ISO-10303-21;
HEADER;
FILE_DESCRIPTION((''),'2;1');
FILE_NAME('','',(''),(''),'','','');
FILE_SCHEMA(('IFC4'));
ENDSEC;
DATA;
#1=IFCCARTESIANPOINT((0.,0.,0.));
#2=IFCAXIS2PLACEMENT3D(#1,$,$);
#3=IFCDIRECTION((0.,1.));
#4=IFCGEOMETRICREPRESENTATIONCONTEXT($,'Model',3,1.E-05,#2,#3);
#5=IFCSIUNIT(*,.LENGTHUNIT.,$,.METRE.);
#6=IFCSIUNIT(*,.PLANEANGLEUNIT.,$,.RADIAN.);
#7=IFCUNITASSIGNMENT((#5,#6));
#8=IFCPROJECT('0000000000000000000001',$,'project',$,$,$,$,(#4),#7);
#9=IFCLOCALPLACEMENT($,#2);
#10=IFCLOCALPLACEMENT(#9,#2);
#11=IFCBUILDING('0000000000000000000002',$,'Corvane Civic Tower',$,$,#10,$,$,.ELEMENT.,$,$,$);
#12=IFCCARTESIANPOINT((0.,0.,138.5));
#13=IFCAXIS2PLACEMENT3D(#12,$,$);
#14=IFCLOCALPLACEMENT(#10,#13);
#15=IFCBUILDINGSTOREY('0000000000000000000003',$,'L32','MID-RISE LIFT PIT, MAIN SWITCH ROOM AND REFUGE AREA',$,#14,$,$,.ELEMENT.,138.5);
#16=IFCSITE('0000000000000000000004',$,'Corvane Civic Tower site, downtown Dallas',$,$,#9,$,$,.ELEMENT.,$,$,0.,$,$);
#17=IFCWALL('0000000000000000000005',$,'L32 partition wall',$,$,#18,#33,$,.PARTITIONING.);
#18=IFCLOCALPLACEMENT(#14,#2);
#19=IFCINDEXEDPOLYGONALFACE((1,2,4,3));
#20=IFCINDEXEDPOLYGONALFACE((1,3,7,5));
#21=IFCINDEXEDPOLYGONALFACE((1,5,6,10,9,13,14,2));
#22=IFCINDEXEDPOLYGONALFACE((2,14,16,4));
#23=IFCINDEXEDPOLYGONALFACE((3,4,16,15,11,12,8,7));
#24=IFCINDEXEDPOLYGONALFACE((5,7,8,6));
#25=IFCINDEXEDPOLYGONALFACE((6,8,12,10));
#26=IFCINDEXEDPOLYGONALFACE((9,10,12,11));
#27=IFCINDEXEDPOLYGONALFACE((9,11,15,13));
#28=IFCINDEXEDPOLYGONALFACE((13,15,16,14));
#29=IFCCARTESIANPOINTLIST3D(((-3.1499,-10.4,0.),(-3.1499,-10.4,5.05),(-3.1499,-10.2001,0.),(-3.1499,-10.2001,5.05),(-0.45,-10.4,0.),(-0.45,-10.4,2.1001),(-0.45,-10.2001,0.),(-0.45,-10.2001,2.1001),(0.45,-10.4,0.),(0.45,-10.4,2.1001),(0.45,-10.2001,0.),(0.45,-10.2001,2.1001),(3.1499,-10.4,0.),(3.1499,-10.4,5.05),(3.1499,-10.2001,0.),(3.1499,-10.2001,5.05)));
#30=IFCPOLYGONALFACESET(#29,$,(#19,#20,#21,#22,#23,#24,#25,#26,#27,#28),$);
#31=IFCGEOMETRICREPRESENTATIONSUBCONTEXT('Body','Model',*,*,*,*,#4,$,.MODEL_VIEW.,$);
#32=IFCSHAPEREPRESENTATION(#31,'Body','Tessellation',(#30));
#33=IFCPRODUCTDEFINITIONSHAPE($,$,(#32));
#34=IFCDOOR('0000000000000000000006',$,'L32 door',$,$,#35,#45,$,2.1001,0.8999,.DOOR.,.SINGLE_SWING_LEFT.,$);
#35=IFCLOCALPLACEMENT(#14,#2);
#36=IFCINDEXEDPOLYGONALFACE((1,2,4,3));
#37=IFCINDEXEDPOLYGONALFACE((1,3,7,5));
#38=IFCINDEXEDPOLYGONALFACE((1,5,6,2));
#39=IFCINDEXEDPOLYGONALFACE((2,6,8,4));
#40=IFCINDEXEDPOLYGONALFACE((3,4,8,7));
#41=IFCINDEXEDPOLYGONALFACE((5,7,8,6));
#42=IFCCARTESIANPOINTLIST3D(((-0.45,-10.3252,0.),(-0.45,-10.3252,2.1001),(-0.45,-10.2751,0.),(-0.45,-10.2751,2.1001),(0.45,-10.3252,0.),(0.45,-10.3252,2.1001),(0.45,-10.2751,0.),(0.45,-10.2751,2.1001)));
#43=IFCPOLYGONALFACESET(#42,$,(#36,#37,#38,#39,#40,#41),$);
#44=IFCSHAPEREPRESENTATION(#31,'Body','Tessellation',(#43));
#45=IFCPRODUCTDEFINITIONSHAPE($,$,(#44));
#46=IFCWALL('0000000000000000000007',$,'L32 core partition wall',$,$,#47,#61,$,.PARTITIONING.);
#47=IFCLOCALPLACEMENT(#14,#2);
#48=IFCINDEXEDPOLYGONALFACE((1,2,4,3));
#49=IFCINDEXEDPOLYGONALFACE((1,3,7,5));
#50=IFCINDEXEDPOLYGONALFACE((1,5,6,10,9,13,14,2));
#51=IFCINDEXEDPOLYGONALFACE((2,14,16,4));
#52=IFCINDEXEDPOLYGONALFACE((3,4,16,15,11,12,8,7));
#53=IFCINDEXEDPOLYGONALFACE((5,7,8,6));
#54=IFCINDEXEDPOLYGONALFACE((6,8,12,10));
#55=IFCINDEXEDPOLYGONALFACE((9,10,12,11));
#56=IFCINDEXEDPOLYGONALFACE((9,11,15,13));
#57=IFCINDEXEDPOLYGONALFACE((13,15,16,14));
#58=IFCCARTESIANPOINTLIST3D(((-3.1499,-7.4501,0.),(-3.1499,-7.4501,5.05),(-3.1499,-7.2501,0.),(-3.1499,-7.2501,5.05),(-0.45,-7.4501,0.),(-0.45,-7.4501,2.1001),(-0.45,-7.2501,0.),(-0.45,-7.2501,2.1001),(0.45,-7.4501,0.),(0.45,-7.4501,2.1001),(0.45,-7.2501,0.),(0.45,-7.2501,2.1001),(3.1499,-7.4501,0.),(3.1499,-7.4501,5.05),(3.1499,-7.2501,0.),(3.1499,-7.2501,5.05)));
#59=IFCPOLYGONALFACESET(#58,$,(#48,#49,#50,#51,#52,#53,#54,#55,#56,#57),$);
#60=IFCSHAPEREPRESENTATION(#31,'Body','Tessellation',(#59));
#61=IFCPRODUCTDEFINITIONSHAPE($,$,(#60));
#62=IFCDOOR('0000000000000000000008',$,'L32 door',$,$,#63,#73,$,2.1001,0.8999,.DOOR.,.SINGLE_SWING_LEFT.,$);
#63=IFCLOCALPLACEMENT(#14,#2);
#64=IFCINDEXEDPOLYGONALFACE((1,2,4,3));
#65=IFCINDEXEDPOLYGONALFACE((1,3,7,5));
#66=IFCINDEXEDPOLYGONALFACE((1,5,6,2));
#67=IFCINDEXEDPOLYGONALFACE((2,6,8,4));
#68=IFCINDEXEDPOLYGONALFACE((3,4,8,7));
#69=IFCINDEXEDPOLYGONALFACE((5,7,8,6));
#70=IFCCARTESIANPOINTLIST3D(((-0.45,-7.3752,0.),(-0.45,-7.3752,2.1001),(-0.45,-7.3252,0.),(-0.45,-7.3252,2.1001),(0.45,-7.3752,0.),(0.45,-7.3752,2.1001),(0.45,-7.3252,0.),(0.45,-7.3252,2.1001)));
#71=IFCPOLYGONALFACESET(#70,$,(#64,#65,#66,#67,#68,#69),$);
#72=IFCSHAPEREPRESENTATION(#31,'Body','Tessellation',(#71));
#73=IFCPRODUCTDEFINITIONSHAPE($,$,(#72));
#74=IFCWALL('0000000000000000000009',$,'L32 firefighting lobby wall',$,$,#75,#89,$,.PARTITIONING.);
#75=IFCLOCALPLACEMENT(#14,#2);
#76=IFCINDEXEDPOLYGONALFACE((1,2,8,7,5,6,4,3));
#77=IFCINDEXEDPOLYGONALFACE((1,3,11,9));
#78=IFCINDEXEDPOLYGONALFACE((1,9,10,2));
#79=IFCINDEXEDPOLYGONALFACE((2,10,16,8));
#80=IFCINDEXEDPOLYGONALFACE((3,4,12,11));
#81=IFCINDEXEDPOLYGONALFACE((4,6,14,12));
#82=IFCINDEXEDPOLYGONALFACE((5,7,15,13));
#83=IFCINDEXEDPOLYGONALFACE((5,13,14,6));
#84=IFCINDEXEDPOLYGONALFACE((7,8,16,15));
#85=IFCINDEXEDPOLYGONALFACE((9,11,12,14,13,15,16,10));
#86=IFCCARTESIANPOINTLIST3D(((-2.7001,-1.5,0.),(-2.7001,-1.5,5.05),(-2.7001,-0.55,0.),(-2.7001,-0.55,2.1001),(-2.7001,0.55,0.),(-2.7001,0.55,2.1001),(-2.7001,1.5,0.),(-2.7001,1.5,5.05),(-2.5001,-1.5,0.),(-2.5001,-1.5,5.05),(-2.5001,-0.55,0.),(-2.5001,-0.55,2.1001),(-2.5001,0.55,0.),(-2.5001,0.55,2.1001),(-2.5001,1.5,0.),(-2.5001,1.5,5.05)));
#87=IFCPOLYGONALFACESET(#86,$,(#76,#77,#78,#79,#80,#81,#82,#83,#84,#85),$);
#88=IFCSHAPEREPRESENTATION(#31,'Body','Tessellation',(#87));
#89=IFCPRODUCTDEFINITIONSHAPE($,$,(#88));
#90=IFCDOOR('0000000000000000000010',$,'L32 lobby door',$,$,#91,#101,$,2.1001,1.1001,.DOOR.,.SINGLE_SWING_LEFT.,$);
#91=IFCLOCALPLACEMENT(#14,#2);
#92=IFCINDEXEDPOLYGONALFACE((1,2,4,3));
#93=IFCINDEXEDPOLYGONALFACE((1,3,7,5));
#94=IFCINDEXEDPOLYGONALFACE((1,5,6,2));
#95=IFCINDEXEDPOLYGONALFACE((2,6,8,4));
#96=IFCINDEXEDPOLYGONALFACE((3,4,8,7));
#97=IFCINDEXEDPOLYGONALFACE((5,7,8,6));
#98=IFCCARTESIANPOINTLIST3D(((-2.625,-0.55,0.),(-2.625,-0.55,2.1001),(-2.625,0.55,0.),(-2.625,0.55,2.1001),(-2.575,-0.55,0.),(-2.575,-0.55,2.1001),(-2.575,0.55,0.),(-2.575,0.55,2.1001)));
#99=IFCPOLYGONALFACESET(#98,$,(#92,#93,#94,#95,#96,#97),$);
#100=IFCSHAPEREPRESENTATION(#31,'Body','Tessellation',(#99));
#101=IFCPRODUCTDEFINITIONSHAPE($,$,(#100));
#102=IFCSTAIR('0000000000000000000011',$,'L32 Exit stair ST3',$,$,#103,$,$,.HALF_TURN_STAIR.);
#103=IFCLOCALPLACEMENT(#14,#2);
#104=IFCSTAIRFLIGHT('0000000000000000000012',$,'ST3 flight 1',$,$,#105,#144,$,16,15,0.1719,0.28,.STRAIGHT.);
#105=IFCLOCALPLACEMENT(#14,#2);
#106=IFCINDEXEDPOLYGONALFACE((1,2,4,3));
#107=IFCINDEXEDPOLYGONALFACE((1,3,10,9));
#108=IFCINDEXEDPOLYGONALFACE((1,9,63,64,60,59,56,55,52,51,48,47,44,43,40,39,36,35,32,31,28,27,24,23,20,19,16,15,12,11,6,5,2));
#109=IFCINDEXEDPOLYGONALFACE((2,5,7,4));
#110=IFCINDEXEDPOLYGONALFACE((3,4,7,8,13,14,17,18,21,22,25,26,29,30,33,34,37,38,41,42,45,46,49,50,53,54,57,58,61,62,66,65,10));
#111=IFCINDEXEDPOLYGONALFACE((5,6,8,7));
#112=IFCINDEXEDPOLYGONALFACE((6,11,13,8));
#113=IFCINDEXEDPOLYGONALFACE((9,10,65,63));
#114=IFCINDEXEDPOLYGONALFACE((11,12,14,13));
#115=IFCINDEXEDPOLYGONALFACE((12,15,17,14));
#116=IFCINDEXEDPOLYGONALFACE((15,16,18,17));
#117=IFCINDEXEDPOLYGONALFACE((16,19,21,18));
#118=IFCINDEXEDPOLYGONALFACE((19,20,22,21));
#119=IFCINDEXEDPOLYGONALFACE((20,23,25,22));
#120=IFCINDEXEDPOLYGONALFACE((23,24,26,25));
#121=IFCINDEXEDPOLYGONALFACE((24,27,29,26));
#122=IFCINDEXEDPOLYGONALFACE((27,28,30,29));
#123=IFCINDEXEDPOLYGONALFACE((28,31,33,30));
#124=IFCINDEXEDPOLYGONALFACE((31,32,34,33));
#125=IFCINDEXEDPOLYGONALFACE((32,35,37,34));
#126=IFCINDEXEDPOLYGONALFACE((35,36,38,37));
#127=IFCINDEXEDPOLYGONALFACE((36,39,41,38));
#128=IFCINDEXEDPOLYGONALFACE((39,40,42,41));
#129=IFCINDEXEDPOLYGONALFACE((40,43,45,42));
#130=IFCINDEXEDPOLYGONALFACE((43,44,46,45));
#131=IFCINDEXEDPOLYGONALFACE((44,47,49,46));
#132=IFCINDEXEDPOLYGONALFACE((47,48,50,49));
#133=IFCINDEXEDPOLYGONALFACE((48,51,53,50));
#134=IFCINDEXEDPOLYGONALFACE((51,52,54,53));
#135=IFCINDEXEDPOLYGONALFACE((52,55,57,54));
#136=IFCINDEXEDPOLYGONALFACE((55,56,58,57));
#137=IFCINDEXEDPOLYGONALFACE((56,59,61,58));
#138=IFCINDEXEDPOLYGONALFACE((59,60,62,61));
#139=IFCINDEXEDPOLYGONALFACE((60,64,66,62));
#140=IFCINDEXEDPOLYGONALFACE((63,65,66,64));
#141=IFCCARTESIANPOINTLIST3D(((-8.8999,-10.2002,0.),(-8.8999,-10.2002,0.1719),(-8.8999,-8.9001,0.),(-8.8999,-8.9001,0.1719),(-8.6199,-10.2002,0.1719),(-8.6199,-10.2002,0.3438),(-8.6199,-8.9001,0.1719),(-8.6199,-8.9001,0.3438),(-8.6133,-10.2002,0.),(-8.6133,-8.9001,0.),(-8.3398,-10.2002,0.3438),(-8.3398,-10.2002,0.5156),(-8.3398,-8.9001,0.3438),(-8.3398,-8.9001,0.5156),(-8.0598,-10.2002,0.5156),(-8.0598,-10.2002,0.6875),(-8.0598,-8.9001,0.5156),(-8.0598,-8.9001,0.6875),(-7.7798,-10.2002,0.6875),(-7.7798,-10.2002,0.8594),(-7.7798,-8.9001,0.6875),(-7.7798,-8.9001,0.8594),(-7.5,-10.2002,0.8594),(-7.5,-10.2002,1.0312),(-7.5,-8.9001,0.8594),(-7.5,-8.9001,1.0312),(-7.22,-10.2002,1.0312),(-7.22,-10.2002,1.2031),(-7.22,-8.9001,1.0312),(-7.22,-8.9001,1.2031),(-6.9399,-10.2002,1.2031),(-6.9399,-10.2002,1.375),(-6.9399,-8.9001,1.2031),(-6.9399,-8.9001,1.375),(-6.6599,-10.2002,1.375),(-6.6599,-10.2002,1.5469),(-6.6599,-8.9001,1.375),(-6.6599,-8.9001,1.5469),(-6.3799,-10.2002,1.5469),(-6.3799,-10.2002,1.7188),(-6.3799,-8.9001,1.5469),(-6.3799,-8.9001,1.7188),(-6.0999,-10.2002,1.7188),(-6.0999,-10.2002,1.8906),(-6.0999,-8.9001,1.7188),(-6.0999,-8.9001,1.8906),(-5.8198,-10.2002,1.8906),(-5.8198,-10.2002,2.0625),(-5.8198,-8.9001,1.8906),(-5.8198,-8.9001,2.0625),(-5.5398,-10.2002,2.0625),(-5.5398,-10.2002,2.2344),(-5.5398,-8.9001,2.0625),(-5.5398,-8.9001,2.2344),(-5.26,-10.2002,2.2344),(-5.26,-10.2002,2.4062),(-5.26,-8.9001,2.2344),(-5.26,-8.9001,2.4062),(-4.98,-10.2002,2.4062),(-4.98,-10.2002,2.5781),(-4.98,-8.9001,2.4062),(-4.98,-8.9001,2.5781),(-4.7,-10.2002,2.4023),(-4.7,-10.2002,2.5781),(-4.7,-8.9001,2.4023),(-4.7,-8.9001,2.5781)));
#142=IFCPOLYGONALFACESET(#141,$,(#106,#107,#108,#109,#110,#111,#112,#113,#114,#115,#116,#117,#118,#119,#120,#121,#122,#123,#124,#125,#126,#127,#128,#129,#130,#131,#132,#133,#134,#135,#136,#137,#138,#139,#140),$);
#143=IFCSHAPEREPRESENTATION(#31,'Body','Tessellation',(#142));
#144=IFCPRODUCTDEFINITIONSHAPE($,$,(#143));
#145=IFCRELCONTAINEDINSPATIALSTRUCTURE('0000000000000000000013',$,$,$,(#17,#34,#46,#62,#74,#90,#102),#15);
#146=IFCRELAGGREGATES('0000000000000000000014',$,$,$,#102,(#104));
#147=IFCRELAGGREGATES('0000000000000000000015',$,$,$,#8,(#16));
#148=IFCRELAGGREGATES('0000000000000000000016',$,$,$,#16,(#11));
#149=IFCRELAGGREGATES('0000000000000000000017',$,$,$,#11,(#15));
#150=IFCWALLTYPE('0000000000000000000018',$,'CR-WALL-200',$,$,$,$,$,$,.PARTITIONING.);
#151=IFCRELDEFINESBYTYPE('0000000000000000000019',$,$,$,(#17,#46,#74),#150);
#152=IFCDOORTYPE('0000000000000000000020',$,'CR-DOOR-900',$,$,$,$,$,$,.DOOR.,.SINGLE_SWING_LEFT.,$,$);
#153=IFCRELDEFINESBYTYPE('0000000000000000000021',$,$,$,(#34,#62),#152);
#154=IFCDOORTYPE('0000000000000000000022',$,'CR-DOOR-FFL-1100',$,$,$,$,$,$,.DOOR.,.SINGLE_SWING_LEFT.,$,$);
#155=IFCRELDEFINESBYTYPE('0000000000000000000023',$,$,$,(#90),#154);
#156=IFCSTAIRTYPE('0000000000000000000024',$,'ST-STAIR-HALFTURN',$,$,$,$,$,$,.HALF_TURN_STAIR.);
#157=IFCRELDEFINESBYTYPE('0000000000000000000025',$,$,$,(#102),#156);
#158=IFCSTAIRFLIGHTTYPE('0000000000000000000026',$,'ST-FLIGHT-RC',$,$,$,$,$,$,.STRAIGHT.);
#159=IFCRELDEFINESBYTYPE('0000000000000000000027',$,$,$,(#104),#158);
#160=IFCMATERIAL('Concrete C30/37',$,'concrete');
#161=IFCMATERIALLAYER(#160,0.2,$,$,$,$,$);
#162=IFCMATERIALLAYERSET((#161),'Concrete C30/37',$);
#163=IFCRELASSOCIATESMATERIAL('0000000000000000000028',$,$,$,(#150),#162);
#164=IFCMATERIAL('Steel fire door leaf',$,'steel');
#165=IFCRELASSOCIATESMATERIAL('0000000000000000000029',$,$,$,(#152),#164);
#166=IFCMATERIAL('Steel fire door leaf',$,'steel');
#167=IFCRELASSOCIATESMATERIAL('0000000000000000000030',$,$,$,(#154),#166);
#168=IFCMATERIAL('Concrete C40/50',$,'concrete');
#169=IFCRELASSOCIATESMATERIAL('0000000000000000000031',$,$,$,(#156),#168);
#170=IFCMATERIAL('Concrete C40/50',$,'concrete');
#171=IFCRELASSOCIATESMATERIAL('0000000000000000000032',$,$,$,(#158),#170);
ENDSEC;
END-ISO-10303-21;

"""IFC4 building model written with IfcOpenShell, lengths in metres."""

from ifc_helpers import new_model, si_unit, direction, frame, frame_2d, origin, place, context, subcontext, project, spatial, polyline, rectangle, outline, extrude, material, layer, layer_set, type_object, element, fill, aggregate, save


model = new_model("IFC4")

# Units and contexts
model_context = context("Model", 3, precision=1e-05, world=origin(), true_north=direction((0.0, 1.0)))
body_context = subcontext(model_context, "Body", "Model", "MODEL_VIEW")
ifc_project = project(units=[si_unit("LENGTHUNIT", "METRE"), si_unit("PLANEANGLEUNIT", "RADIAN")], contexts=[model_context])

# Site, building, storey
site_placement = place(None, origin())
site = spatial("IfcSite", under=ifc_project, at=site_placement, Name="Corvane Civic Tower site, downtown Dallas", CompositionType="ELEMENT", RefElevation=0.0)
building_placement = place(site_placement, origin())
building = spatial("IfcBuilding", under=site, at=building_placement, Name="Corvane Civic Tower", CompositionType="ELEMENT")
storey_placement = place(building_placement, frame((0.0, 0.0, 138.5)))
storey = spatial("IfcBuildingStorey", under=building, at=storey_placement, Name="L32", Description="MID-RISE LIFT PIT, MAIN SWITCH ROOM AND REFUGE AREA", CompositionType="ELEMENT", Elevation=138.5)

# Walls, openings, doors
ifc_material_1 = material(Name="Concrete C30/37", Category="concrete")
ifc_layer = layer(ifc_material_1, 0.2)
ifc_layer_set = layer_set([ifc_layer], Name="Concrete C30/37")
wall_type = type_object("IfcWallType", Name="CR-WALL-200", PredefinedType="PARTITIONING", material=ifc_layer_set)
wall_1_placement = place(storey_placement, frame((-3.1499, -10.3, 0.0), z_axis=(0.0, 0.0, 1.0), x_axis=(1.0, 0.0, 0.0)))
wall_1 = element("IfcWall", 1, at=wall_1_placement, inside=storey, type_object=wall_type, Name="L32 partition wall", PredefinedType="PARTITIONING", context=body_context, shape_type="SweptSolid", body=[
    extrude(rectangle(XDim=6.2998, YDim=0.2, at=frame_2d((3.1499, 0.0))), origin(), (0.0, 0.0, 1.0), 5.05),
])
opening_1_placement = place(wall_1_placement, frame((2.7, 0.0, 0.0)))
opening_1 = element("IfcOpeningElement", 2, at=opening_1_placement, cuts=wall_1, PredefinedType="OPENING", context=body_context, shape_type="SweptSolid", body=[
    extrude(rectangle(XDim=0.8999, YDim=2.1001, at=frame_2d((0.45, 1.05))), frame((0.0, 0.1099, 0.0), z_axis=(0.0, -1.0, 0.0), x_axis=(1.0, 0.0, 0.0)), (0.0, 0.0, 1.0), 0.22),
])
ifc_material_2 = material(Name="Steel fire door leaf", Category="steel")
door_type_1 = type_object("IfcDoorType", Name="CR-DOOR-900", OperationType="SINGLE_SWING_LEFT", PredefinedType="DOOR", material=ifc_material_2)
door_1_placement = place(opening_1_placement, origin())
door_1 = element("IfcDoor", 3, at=door_1_placement, inside=storey, type_object=door_type_1, Name="L32 door", OperationType="SINGLE_SWING_LEFT", OverallHeight=2.1001, OverallWidth=0.8999, PredefinedType="DOOR", context=body_context, shape_type="SweptSolid", body=[
    extrude(rectangle(XDim=0.8999, YDim=2.1001, at=frame_2d((0.45, 1.05))), frame((0.0, 0.0249, 0.0), z_axis=(0.0, -1.0, 0.0), x_axis=(1.0, 0.0, 0.0)), (0.0, 0.0, 1.0), 0.05),
])
fill(opening_1, door_1)
wall_2_placement = place(storey_placement, frame((-3.1499, -7.3501, 0.0), z_axis=(0.0, 0.0, 1.0), x_axis=(1.0, 0.0, 0.0)))
wall_2 = element("IfcWall", 4, at=wall_2_placement, inside=storey, type_object=wall_type, Name="L32 core partition wall", PredefinedType="PARTITIONING", context=body_context, shape_type="SweptSolid", body=[
    extrude(rectangle(XDim=6.2998, YDim=0.2, at=frame_2d((3.1499, 0.0))), origin(), (0.0, 0.0, 1.0), 5.05),
])
opening_2_placement = place(wall_2_placement, frame((2.7, 0.0, 0.0)))
opening_2 = element("IfcOpeningElement", 5, at=opening_2_placement, cuts=wall_2, PredefinedType="OPENING", context=body_context, shape_type="SweptSolid", body=[
    extrude(rectangle(XDim=0.8999, YDim=2.1001, at=frame_2d((0.45, 1.05))), frame((0.0, 0.1099, 0.0), z_axis=(0.0, -1.0, 0.0), x_axis=(1.0, 0.0, 0.0)), (0.0, 0.0, 1.0), 0.22),
])
door_2_placement = place(opening_2_placement, origin())
door_2 = element("IfcDoor", 6, at=door_2_placement, inside=storey, type_object=door_type_1, Name="L32 door", OperationType="SINGLE_SWING_LEFT", OverallHeight=2.1001, OverallWidth=0.8999, PredefinedType="DOOR", context=body_context, shape_type="SweptSolid", body=[
    extrude(rectangle(XDim=0.8999, YDim=2.1001, at=frame_2d((0.45, 1.05))), frame((0.0, 0.0249, 0.0), z_axis=(0.0, -1.0, 0.0), x_axis=(1.0, 0.0, 0.0)), (0.0, 0.0, 1.0), 0.05),
])
fill(opening_2, door_2)
wall_3_placement = place(storey_placement, frame((-2.6001, -1.5, 0.0), z_axis=(0.0, 0.0, 1.0), x_axis=(0.0, 1.0, 0.0)))
wall_3 = element("IfcWall", 7, at=wall_3_placement, inside=storey, type_object=wall_type, Name="L32 firefighting lobby wall", PredefinedType="PARTITIONING", context=body_context, shape_type="SweptSolid", body=[
    extrude(rectangle(XDim=3.0, YDim=0.2, at=frame_2d((1.5, 0.0))), origin(), (0.0, 0.0, 1.0), 5.05),
])
opening_3_placement = place(wall_3_placement, frame((0.95, 0.0, 0.0)))
opening_3 = element("IfcOpeningElement", 8, at=opening_3_placement, cuts=wall_3, PredefinedType="OPENING", context=body_context, shape_type="SweptSolid", body=[
    extrude(rectangle(XDim=1.1001, YDim=2.1001, at=frame_2d((0.55, 1.05))), frame((0.0, 0.1099, 0.0), z_axis=(0.0, -1.0, 0.0), x_axis=(1.0, 0.0, 0.0)), (0.0, 0.0, 1.0), 0.22),
])
ifc_material_3 = material(Name="Steel fire door leaf", Category="steel")
door_type_2 = type_object("IfcDoorType", Name="CR-DOOR-FFL-1100", OperationType="SINGLE_SWING_LEFT", PredefinedType="DOOR", material=ifc_material_3)
door_3_placement = place(opening_3_placement, origin())
door_3 = element("IfcDoor", 9, at=door_3_placement, inside=storey, type_object=door_type_2, Name="L32 lobby door", OperationType="SINGLE_SWING_LEFT", OverallHeight=2.1001, OverallWidth=1.1001, PredefinedType="DOOR", context=body_context, shape_type="SweptSolid", body=[
    extrude(rectangle(XDim=1.1001, YDim=2.1001, at=frame_2d((0.55, 1.05))), frame((0.0, 0.0249, 0.0), z_axis=(0.0, -1.0, 0.0), x_axis=(1.0, 0.0, 0.0)), (0.0, 0.0, 1.0), 0.05),
])
fill(opening_3, door_3)

# Stair, stair flight
ifc_material_4 = material(Name="Concrete C40/50", Category="concrete")
stair_type = type_object("IfcStairType", Name="ST-STAIR-HALFTURN", PredefinedType="HALF_TURN_STAIR", material=ifc_material_4)
stair_placement = place(storey_placement, origin())
stair = element("IfcStair", 10, at=stair_placement, inside=storey, type_object=stair_type, Name="L32 Exit stair ST3", PredefinedType="HALF_TURN_STAIR")
ifc_material_5 = material(Name="Concrete C40/50", Category="concrete")
stair_flight_type = type_object("IfcStairFlightType", Name="ST-FLIGHT-RC", PredefinedType="STRAIGHT", material=ifc_material_5)
stair_flight_1_placement = place(storey_placement, frame((-8.8999, -9.55, 0.0), z_axis=(0.0, 0.0, 1.0), x_axis=(1.0, 0.0, 0.0)))
stair_flight_1 = element("IfcStairFlight", 11, at=stair_flight_1_placement, type_object=stair_flight_type, Name="ST3 flight 1", NumberOfRisers=16, NumberOfTreads=15, PredefinedType="STRAIGHT", RiserHeight=0.1719, TreadLength=0.28, context=body_context, shape_type="SweptSolid", body=[
    extrude(outline(polyline([(0.0, 0.0), (0.0, 0.1719), (0.28, 0.1719), (0.28, 0.3438), (0.5601, 0.3438), (0.5601, 0.5156), (0.8401, 0.5156), (0.8401, 0.6875), (1.1201, 0.6875), (1.1201, 0.8594), (1.3999, 0.8594), (1.3999, 1.0312), (1.6799, 1.0312), (1.6799, 1.2031), (1.96, 1.2031), (1.96, 1.375), (2.24, 1.375), (2.24, 1.5469), (2.52, 1.5469), (2.52, 1.7188), (2.8, 1.7188), (2.8, 1.8906), (3.0801, 1.8906), (3.0801, 2.0625), (3.3601, 2.0625), (3.3601, 2.2344), (3.6399, 2.2344), (3.6399, 2.4062), (3.9199, 2.4062), (3.9199, 2.5781), (4.2, 2.5781), (4.2, 2.75), (4.2, 2.4023), (0.2866, 0.0), (0.0, 0.0)])), frame((0.0, 0.6499, 0.0), z_axis=(0.0, -1.0, 0.0), x_axis=(1.0, 0.0, 0.0)), (0.0, 0.0, 1.0), 1.3),
])
aggregate(stair, [stair_flight_1])

save(model, "model.ifc")
